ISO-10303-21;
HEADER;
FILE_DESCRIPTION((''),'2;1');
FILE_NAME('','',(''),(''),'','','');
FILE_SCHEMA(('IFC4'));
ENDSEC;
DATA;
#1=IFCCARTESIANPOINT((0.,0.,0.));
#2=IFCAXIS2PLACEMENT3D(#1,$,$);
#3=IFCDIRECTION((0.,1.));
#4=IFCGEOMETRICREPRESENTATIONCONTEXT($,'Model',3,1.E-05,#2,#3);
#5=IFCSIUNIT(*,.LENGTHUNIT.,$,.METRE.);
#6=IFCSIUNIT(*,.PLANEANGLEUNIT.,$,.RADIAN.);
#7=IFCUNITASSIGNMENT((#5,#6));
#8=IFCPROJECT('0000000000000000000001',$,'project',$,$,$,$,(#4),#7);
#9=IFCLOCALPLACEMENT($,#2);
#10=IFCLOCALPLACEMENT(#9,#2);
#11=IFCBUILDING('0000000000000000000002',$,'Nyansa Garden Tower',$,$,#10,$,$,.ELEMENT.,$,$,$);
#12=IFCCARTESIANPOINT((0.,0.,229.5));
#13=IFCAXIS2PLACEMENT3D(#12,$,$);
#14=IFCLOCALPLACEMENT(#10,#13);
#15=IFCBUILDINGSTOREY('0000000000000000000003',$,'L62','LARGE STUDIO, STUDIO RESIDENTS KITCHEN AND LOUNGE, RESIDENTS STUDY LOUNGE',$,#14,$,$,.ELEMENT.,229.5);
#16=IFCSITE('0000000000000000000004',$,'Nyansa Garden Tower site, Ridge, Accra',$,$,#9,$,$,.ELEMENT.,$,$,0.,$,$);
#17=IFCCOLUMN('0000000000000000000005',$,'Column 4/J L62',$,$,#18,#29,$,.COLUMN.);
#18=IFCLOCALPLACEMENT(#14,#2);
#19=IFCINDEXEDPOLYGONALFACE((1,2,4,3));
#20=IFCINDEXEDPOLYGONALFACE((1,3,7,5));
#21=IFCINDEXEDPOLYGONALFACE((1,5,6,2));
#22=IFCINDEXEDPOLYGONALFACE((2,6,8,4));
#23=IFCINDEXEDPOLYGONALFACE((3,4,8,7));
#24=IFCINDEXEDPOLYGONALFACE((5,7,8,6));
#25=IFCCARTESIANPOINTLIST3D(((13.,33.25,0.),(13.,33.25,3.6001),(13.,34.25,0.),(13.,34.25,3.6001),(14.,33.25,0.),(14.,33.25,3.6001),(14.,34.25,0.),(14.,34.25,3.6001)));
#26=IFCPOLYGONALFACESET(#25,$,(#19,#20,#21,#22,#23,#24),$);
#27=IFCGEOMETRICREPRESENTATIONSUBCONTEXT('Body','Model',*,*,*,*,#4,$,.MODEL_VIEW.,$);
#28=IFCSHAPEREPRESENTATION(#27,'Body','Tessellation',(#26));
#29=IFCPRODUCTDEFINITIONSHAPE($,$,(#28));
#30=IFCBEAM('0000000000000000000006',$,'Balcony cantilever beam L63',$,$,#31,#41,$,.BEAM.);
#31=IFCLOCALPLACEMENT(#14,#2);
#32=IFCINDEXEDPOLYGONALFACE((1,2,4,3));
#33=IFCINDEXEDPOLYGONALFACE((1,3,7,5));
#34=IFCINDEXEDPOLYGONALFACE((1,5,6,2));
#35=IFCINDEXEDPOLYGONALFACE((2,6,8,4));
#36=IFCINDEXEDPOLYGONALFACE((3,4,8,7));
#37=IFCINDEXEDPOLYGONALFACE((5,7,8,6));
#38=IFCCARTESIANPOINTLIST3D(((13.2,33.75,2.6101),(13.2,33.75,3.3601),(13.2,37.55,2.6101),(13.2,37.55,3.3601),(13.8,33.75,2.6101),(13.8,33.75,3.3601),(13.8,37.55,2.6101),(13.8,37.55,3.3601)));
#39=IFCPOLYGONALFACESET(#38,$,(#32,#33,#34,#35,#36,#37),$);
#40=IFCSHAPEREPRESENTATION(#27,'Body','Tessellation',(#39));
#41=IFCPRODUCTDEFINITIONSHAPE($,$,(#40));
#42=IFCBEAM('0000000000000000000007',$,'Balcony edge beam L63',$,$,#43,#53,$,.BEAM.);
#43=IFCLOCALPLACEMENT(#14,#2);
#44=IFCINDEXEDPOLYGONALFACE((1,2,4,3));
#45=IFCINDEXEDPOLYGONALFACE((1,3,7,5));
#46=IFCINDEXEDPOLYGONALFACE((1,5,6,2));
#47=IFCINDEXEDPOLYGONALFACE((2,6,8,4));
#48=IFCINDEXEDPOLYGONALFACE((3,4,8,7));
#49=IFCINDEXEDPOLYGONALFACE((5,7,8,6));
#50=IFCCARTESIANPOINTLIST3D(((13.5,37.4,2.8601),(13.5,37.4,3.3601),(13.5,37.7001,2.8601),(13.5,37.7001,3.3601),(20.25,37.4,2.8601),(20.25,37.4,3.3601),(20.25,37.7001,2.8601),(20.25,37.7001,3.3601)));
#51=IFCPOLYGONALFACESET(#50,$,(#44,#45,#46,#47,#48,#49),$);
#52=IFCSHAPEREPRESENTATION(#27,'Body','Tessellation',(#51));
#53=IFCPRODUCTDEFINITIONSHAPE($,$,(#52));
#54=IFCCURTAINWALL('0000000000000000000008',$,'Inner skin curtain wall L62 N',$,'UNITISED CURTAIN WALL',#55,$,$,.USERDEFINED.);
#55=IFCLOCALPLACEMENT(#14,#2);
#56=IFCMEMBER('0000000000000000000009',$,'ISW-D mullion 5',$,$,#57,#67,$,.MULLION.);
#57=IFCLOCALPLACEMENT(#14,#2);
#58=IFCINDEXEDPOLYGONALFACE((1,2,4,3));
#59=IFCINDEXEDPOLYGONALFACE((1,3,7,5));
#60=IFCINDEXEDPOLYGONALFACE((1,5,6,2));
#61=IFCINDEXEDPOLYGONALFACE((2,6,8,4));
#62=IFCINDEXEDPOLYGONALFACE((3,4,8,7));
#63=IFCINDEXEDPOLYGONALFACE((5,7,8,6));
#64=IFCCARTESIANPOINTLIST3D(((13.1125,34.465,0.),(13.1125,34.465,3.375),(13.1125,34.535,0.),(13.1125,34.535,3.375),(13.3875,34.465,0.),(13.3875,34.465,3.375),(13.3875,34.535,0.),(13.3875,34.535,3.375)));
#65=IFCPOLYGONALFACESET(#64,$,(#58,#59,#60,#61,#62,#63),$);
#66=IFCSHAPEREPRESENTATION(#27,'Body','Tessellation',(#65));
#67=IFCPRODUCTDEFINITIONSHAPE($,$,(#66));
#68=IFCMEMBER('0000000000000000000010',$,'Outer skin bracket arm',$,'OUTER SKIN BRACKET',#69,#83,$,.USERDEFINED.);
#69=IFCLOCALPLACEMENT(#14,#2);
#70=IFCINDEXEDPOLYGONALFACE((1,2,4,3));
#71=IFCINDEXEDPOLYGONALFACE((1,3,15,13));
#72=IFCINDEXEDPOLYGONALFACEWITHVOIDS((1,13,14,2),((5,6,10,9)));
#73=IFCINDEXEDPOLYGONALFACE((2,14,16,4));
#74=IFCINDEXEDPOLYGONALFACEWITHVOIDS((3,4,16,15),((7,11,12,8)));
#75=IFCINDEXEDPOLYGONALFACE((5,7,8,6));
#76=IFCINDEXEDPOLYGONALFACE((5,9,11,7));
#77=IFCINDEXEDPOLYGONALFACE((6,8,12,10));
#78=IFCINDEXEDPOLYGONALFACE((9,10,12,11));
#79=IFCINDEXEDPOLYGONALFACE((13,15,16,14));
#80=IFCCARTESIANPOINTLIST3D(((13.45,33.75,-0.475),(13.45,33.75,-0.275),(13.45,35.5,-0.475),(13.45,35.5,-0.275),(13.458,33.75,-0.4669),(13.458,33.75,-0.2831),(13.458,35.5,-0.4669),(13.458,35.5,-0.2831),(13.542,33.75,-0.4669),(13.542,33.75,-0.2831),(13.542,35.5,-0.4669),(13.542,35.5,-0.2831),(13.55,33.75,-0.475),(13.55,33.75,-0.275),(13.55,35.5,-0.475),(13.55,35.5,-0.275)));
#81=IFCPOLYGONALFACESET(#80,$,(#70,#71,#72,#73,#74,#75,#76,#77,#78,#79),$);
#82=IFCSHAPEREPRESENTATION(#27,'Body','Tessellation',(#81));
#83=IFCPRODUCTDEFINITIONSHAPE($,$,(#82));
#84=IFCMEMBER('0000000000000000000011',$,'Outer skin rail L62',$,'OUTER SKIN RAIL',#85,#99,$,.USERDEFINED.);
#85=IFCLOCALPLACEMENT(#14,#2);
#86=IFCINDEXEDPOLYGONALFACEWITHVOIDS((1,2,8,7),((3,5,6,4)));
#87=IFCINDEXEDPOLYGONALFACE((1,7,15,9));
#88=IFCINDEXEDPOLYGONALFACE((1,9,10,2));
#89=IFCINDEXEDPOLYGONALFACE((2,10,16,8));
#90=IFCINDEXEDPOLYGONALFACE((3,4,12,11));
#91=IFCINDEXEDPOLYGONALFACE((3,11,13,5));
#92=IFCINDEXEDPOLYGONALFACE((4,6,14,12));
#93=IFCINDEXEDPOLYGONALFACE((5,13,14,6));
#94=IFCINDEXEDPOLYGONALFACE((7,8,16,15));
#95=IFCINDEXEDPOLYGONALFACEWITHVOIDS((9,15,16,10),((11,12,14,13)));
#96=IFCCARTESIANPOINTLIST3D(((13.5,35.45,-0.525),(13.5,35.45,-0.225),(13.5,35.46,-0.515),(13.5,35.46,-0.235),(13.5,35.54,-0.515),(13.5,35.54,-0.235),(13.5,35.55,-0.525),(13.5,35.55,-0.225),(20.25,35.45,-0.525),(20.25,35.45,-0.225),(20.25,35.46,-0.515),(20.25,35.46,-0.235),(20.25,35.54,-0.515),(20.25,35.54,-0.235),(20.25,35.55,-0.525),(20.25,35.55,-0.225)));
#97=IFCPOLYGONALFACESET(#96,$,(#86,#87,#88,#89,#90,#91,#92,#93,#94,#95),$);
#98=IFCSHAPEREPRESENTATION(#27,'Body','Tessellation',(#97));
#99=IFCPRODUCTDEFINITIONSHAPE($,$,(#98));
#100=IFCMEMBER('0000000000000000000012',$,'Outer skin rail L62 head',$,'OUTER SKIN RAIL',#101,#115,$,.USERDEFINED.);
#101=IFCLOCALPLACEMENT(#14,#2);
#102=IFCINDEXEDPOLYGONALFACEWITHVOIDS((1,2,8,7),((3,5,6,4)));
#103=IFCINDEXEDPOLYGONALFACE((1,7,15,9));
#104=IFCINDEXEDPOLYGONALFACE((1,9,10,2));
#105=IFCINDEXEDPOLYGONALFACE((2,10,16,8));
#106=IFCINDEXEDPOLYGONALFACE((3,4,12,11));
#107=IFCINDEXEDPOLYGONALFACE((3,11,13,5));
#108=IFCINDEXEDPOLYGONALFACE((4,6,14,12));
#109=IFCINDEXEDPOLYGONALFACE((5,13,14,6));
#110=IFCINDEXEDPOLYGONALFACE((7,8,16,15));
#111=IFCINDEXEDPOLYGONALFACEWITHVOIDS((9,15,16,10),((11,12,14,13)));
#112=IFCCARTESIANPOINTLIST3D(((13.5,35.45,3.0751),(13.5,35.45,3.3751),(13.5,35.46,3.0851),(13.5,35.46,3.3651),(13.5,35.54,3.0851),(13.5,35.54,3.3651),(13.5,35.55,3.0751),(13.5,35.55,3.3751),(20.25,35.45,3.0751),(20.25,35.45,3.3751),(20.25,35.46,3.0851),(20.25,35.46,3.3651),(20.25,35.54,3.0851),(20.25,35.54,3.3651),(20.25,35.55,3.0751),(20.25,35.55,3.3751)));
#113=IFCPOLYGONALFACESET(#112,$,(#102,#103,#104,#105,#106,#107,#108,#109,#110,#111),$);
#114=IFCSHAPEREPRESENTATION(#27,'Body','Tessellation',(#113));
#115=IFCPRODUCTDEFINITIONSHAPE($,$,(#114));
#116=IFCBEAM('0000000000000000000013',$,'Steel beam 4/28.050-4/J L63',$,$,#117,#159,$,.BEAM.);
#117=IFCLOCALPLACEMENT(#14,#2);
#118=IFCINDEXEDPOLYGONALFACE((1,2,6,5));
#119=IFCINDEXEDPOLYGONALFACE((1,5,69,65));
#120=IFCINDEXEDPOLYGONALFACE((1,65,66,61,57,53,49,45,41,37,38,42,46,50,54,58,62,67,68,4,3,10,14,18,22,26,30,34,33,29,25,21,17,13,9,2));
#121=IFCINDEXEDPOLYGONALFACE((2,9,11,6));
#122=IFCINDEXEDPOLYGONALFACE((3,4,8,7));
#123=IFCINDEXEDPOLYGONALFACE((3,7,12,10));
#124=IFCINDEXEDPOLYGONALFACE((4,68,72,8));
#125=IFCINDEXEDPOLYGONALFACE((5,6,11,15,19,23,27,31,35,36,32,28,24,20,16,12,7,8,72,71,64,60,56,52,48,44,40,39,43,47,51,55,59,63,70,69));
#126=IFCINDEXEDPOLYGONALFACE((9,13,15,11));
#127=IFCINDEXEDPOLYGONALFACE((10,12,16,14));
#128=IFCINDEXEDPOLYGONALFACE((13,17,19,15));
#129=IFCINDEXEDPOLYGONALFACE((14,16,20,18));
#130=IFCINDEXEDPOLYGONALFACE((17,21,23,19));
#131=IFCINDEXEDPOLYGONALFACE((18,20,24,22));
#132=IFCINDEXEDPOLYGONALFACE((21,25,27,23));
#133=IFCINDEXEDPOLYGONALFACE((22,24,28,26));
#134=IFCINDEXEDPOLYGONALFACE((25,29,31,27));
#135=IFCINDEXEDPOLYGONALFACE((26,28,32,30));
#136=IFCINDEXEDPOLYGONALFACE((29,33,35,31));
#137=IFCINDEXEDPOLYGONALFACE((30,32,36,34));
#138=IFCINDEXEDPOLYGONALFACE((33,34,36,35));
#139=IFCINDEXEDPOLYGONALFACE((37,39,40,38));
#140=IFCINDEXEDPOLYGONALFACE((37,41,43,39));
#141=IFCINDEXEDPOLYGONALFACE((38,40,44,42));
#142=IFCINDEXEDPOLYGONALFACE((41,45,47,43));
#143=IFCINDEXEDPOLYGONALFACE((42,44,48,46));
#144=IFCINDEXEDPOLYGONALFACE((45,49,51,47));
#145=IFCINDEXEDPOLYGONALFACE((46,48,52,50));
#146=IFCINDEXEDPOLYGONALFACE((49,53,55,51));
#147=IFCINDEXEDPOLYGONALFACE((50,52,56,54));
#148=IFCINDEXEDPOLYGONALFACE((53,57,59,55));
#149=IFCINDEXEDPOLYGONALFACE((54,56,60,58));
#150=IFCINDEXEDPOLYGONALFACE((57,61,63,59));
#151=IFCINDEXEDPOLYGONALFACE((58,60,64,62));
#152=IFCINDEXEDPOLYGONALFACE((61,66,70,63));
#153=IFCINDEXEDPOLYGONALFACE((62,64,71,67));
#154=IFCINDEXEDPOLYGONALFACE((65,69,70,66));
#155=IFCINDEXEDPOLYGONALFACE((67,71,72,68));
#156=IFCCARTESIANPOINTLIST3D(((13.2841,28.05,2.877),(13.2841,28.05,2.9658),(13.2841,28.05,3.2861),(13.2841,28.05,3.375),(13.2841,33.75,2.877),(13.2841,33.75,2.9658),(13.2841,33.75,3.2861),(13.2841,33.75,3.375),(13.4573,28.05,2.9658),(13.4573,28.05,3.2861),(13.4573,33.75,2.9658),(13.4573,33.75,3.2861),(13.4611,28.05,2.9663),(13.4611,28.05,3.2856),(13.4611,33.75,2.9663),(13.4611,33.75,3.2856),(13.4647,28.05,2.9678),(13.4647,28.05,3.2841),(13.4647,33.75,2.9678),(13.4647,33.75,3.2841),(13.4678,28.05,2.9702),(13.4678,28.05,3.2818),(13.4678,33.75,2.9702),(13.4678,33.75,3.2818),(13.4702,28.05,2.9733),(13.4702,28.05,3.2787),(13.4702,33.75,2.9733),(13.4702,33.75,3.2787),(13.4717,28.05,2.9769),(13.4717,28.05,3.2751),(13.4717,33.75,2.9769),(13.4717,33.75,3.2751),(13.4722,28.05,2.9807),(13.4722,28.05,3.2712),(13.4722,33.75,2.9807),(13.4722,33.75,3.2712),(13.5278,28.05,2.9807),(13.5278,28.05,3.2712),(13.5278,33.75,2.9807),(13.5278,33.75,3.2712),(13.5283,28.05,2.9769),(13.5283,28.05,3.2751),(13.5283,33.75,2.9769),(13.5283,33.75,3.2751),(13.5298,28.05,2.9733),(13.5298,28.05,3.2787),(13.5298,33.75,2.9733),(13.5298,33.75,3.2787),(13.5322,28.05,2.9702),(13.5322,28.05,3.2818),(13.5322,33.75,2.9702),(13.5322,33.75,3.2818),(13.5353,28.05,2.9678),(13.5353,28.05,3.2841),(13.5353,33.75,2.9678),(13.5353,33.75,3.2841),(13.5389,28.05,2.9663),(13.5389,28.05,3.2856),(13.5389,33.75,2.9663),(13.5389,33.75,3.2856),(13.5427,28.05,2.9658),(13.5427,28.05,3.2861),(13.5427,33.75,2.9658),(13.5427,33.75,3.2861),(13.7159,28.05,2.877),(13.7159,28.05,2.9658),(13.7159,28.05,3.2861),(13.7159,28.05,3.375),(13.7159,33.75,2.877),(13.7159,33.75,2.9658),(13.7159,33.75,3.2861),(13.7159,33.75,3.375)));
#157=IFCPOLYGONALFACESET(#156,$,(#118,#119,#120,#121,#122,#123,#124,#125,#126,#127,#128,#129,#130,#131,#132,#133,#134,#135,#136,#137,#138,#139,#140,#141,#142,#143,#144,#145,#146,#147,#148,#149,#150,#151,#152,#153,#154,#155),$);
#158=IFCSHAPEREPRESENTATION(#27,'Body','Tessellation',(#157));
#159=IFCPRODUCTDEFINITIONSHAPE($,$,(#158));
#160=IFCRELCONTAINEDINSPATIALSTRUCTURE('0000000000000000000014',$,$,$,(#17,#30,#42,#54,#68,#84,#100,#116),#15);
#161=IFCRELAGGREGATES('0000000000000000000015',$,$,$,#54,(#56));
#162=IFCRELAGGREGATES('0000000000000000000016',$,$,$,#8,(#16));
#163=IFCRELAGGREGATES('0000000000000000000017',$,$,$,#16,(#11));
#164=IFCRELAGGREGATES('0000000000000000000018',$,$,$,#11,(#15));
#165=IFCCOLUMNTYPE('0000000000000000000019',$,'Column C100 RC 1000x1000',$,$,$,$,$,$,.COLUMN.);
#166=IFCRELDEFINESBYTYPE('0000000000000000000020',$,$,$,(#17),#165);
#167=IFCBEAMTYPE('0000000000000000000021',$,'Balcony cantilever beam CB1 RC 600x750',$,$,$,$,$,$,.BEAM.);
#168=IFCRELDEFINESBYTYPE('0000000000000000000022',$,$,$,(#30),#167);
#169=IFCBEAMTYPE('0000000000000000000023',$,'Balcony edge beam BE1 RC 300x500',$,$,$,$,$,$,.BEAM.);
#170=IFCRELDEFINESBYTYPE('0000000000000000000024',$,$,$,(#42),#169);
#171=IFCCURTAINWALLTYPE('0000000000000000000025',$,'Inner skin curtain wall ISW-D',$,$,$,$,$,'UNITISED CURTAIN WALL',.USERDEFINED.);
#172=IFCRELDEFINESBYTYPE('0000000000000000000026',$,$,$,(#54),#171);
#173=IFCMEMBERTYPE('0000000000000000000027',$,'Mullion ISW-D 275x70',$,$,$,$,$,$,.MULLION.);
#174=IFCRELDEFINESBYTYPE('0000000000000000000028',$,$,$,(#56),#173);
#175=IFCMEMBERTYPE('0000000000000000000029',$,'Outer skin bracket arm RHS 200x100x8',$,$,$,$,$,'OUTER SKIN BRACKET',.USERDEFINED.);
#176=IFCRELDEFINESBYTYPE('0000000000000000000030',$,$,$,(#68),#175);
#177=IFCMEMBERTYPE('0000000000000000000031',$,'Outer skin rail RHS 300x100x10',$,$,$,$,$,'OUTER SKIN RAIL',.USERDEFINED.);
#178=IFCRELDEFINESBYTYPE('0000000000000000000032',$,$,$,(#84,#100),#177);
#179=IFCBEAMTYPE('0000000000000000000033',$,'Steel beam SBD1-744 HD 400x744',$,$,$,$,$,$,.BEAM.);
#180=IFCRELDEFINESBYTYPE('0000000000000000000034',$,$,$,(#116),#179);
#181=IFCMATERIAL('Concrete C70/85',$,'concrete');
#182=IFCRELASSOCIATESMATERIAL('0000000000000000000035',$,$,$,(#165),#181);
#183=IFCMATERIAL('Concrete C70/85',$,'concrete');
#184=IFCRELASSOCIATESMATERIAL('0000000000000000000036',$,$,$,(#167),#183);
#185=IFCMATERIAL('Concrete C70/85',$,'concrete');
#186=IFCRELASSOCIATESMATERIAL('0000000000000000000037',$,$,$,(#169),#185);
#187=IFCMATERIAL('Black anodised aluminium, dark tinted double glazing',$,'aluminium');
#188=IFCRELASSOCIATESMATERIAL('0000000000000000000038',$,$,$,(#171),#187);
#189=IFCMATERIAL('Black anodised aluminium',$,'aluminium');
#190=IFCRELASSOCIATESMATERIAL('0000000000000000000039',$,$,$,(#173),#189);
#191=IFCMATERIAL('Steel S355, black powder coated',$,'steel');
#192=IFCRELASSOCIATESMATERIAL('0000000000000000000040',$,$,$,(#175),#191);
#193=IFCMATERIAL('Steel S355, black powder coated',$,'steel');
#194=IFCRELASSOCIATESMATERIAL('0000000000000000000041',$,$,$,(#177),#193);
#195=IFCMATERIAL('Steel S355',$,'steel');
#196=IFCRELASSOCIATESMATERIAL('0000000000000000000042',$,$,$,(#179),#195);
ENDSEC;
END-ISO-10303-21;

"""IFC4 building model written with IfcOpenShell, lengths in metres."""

from ifc_helpers import new_model, si_unit, direction, frame, origin, origin_2d, place, context, subcontext, project, spatial, rectangle, hollow_rectangle, i_section, extrude, material, material_profile, profile_set, type_object, element, aggregate, save


model = new_model("IFC4")

# Units and contexts
model_context = context("Model", 3, precision=1e-05, world=origin(), true_north=direction((0.0, 1.0)))
body_context = subcontext(model_context, "Body", "Model", "MODEL_VIEW")
ifc_project = project(units=[si_unit("LENGTHUNIT", "METRE"), si_unit("PLANEANGLEUNIT", "RADIAN")], contexts=[model_context])

# Site, building, storey
site_placement = place(None, origin())
site = spatial("IfcSite", under=ifc_project, at=site_placement, Name="Nyansa Garden Tower site, Ridge, Accra", CompositionType="ELEMENT", RefElevation=0.0)
building_placement = place(site_placement, origin())
building = spatial("IfcBuilding", under=site, at=building_placement, Name="Nyansa Garden Tower", CompositionType="ELEMENT")
storey_placement = place(building_placement, frame((0.0, 0.0, 229.5)))
storey = spatial("IfcBuildingStorey", under=building, at=storey_placement, Name="L62", Description="LARGE STUDIO, STUDIO RESIDENTS KITCHEN AND LOUNGE, RESIDENTS STUDY LOUNGE", CompositionType="ELEMENT", Elevation=229.5)

# Column
ifc_material_1 = material(Name="Concrete C70/85", Category="concrete")
ifc_material_profile_1 = material_profile(ifc_material_1, rectangle(XDim=1.0, YDim=1.0, at=origin_2d()), Name="RC 1000x1000")
ifc_profile_set_1 = profile_set([ifc_material_profile_1], Name="Concrete C70/85")
column_type = type_object("IfcColumnType", Name="Column C100 RC 1000x1000", PredefinedType="COLUMN", material=ifc_profile_set_1)
column_placement = place(storey_placement, frame((13.5, 33.75, 0.0), z_axis=(0.0, 0.0, 1.0), x_axis=(1.0, 0.0, 0.0)))
element("IfcColumn", 1, at=column_placement, inside=storey, type_object=column_type, Name="Column 4/J L62", PredefinedType="COLUMN", context=body_context, shape_type="SweptSolid", body=[
    extrude(rectangle(XDim=1.0, YDim=1.0, at=origin_2d()), origin(), (0.0, 0.0, 1.0), 3.6001),
])

# Beams
ifc_material_2 = material(Name="Concrete C70/85", Category="concrete")
ifc_material_profile_2 = material_profile(ifc_material_2, rectangle(XDim=0.6001, YDim=0.75, at=origin_2d()), Name="RC 600x750")
ifc_profile_set_2 = profile_set([ifc_material_profile_2], Name="Concrete C70/85")
beam_type_1 = type_object("IfcBeamType", Name="Balcony cantilever beam CB1 RC 600x750", PredefinedType="BEAM", material=ifc_profile_set_2)
beam_1_placement = place(storey_placement, frame((13.5, 33.75, 2.9851), z_axis=(0.0, 1.0, 0.0), x_axis=(-1.0, 0.0, 0.0)))
element("IfcBeam", 2, at=beam_1_placement, inside=storey, type_object=beam_type_1, Name="Balcony cantilever beam L63", PredefinedType="BEAM", context=body_context, shape_type="SweptSolid", body=[
    extrude(rectangle(XDim=0.6001, YDim=0.75, at=origin_2d()), origin(), (0.0, 0.0, 1.0), 3.8),
])
ifc_material_3 = material(Name="Concrete C70/85", Category="concrete")
ifc_material_profile_3 = material_profile(ifc_material_3, rectangle(XDim=0.3, YDim=0.5, at=origin_2d()), Name="RC 300x500")
ifc_profile_set_3 = profile_set([ifc_material_profile_3], Name="Concrete C70/85")
beam_type_2 = type_object("IfcBeamType", Name="Balcony edge beam BE1 RC 300x500", PredefinedType="BEAM", material=ifc_profile_set_3)
beam_2_placement = place(storey_placement, frame((13.5, 37.55, 3.1101), z_axis=(1.0, 0.0, 0.0), x_axis=(0.0, 1.0, 0.0)))
element("IfcBeam", 3, at=beam_2_placement, inside=storey, type_object=beam_type_2, Name="Balcony edge beam L63", PredefinedType="BEAM", context=body_context, shape_type="SweptSolid", body=[
    extrude(rectangle(XDim=0.3, YDim=0.5, at=origin_2d()), origin(), (0.0, 0.0, 1.0), 6.75),
])

# Curtain wall, member
ifc_material_4 = material(Name="Black anodised aluminium, dark tinted double glazing", Category="aluminium")
curtain_wall_type = type_object("IfcCurtainWallType", Name="Inner skin curtain wall ISW-D", ElementType="UNITISED CURTAIN WALL", PredefinedType="USERDEFINED", material=ifc_material_4)
curtain_wall_placement = place(storey_placement, origin())
curtain_wall = element("IfcCurtainWall", 4, at=curtain_wall_placement, inside=storey, type_object=curtain_wall_type, Name="Inner skin curtain wall L62 N", ObjectType="UNITISED CURTAIN WALL", PredefinedType="USERDEFINED")
ifc_material_5 = material(Name="Black anodised aluminium", Category="aluminium")
ifc_material_profile_4 = material_profile(ifc_material_5, rectangle(XDim=0.0701, YDim=0.2749, at=origin_2d()), Name="Mullion 275x70")
ifc_profile_set_4 = profile_set([ifc_material_profile_4], Name="Black anodised aluminium")
member_type_1 = type_object("IfcMemberType", Name="Mullion ISW-D 275x70", PredefinedType="MULLION", material=ifc_profile_set_4)
member_1_placement = place(storey_placement, frame((13.25, 34.5, 0.0), z_axis=(0.0, 0.0, 1.0), x_axis=(0.0, -1.0, 0.0)))
member_1 = element("IfcMember", 5, at=member_1_placement, type_object=member_type_1, Name="ISW-D mullion 5", PredefinedType="MULLION", context=body_context, shape_type="SweptSolid", body=[
    extrude(rectangle(XDim=0.0701, YDim=0.2749, at=origin_2d()), origin(), (0.0, 0.0, 1.0), 3.375),
])

# Members
ifc_material_6 = material(Name="Steel S355, black powder coated", Category="steel")
ifc_material_profile_5 = material_profile(ifc_material_6, hollow_rectangle(XDim=0.1001, YDim=0.2, WallThickness=0.0081, at=origin_2d()), Name="RHS 200x100x8")
ifc_profile_set_5 = profile_set([ifc_material_profile_5], Name="Steel S355, black powder coated")
member_type_2 = type_object("IfcMemberType", Name="Outer skin bracket arm RHS 200x100x8", ElementType="OUTER SKIN BRACKET", PredefinedType="USERDEFINED", material=ifc_profile_set_5)
member_2_placement = place(storey_placement, frame((13.5, 33.75, -0.375), z_axis=(0.0, 1.0, 0.0), x_axis=(-1.0, 0.0, 0.0)))
element("IfcMember", 6, at=member_2_placement, inside=storey, type_object=member_type_2, Name="Outer skin bracket arm", ObjectType="OUTER SKIN BRACKET", PredefinedType="USERDEFINED", context=body_context, shape_type="SweptSolid", body=[
    extrude(hollow_rectangle(XDim=0.1001, YDim=0.2, WallThickness=0.0081, at=origin_2d()), origin(), (0.0, 0.0, 1.0), 1.75),
])
ifc_material_7 = material(Name="Steel S355, black powder coated", Category="steel")
ifc_material_profile_6 = material_profile(ifc_material_7, hollow_rectangle(XDim=0.1001, YDim=0.3, WallThickness=0.01, at=origin_2d()), Name="RHS 300x100x10")
ifc_profile_set_6 = profile_set([ifc_material_profile_6], Name="Steel S355, black powder coated")
member_type_3 = type_object("IfcMemberType", Name="Outer skin rail RHS 300x100x10", ElementType="OUTER SKIN RAIL", PredefinedType="USERDEFINED", material=ifc_profile_set_6)
for number, where, z_axis, x_axis, name in (
    (7, (13.5, 35.5, -0.375), (1.0, 0.0, 0.0), (0.0, 1.0, 0.0), "Outer skin rail L62"),
    (8, (13.5, 35.5, 3.2251), (1.0, 0.0, 0.0), (0.0, 1.0, 0.0), "Outer skin rail L62 head"),
):
    element("IfcMember", number, at=place(storey_placement, frame(where, z_axis=z_axis, x_axis=x_axis)), inside=storey, type_object=member_type_3, Name=name, ObjectType="OUTER SKIN RAIL", PredefinedType="USERDEFINED", context=body_context, shape_type="SweptSolid", body=[
        extrude(hollow_rectangle(XDim=0.1001, YDim=0.3, WallThickness=0.01, at=origin_2d()), origin(), (0.0, 0.0, 1.0), 6.75),
    ])

# Beam
ifc_material_8 = material(Name="Steel S355", Category="steel")
ifc_material_profile_7 = material_profile(ifc_material_8, i_section(OverallWidth=0.4319, OverallDepth=0.498, WebThickness=0.0557, FlangeThickness=0.0889, FilletRadius=0.0149, at=origin_2d()), Name="HD 400x744")
ifc_profile_set_7 = profile_set([ifc_material_profile_7], Name="Steel S355")
beam_type_3 = type_object("IfcBeamType", Name="Steel beam SBD1-744 HD 400x744", PredefinedType="BEAM", material=ifc_profile_set_7)
beam_3_placement = place(storey_placement, frame((13.5, 28.05, 3.126), z_axis=(0.0, 1.0, 0.0), x_axis=(-1.0, 0.0, 0.0)))
element("IfcBeam", 9, at=beam_3_placement, inside=storey, type_object=beam_type_3, Name="Steel beam 4/28.050-4/J L63", PredefinedType="BEAM", context=body_context, shape_type="SweptSolid", body=[
    extrude(i_section(OverallWidth=0.4319, OverallDepth=0.498, WebThickness=0.0557, FlangeThickness=0.0889, FilletRadius=0.0149, at=origin_2d()), origin(), (0.0, 0.0, 1.0), 5.7),
])

aggregate(curtain_wall, [member_1])

save(model, "model.ifc")
